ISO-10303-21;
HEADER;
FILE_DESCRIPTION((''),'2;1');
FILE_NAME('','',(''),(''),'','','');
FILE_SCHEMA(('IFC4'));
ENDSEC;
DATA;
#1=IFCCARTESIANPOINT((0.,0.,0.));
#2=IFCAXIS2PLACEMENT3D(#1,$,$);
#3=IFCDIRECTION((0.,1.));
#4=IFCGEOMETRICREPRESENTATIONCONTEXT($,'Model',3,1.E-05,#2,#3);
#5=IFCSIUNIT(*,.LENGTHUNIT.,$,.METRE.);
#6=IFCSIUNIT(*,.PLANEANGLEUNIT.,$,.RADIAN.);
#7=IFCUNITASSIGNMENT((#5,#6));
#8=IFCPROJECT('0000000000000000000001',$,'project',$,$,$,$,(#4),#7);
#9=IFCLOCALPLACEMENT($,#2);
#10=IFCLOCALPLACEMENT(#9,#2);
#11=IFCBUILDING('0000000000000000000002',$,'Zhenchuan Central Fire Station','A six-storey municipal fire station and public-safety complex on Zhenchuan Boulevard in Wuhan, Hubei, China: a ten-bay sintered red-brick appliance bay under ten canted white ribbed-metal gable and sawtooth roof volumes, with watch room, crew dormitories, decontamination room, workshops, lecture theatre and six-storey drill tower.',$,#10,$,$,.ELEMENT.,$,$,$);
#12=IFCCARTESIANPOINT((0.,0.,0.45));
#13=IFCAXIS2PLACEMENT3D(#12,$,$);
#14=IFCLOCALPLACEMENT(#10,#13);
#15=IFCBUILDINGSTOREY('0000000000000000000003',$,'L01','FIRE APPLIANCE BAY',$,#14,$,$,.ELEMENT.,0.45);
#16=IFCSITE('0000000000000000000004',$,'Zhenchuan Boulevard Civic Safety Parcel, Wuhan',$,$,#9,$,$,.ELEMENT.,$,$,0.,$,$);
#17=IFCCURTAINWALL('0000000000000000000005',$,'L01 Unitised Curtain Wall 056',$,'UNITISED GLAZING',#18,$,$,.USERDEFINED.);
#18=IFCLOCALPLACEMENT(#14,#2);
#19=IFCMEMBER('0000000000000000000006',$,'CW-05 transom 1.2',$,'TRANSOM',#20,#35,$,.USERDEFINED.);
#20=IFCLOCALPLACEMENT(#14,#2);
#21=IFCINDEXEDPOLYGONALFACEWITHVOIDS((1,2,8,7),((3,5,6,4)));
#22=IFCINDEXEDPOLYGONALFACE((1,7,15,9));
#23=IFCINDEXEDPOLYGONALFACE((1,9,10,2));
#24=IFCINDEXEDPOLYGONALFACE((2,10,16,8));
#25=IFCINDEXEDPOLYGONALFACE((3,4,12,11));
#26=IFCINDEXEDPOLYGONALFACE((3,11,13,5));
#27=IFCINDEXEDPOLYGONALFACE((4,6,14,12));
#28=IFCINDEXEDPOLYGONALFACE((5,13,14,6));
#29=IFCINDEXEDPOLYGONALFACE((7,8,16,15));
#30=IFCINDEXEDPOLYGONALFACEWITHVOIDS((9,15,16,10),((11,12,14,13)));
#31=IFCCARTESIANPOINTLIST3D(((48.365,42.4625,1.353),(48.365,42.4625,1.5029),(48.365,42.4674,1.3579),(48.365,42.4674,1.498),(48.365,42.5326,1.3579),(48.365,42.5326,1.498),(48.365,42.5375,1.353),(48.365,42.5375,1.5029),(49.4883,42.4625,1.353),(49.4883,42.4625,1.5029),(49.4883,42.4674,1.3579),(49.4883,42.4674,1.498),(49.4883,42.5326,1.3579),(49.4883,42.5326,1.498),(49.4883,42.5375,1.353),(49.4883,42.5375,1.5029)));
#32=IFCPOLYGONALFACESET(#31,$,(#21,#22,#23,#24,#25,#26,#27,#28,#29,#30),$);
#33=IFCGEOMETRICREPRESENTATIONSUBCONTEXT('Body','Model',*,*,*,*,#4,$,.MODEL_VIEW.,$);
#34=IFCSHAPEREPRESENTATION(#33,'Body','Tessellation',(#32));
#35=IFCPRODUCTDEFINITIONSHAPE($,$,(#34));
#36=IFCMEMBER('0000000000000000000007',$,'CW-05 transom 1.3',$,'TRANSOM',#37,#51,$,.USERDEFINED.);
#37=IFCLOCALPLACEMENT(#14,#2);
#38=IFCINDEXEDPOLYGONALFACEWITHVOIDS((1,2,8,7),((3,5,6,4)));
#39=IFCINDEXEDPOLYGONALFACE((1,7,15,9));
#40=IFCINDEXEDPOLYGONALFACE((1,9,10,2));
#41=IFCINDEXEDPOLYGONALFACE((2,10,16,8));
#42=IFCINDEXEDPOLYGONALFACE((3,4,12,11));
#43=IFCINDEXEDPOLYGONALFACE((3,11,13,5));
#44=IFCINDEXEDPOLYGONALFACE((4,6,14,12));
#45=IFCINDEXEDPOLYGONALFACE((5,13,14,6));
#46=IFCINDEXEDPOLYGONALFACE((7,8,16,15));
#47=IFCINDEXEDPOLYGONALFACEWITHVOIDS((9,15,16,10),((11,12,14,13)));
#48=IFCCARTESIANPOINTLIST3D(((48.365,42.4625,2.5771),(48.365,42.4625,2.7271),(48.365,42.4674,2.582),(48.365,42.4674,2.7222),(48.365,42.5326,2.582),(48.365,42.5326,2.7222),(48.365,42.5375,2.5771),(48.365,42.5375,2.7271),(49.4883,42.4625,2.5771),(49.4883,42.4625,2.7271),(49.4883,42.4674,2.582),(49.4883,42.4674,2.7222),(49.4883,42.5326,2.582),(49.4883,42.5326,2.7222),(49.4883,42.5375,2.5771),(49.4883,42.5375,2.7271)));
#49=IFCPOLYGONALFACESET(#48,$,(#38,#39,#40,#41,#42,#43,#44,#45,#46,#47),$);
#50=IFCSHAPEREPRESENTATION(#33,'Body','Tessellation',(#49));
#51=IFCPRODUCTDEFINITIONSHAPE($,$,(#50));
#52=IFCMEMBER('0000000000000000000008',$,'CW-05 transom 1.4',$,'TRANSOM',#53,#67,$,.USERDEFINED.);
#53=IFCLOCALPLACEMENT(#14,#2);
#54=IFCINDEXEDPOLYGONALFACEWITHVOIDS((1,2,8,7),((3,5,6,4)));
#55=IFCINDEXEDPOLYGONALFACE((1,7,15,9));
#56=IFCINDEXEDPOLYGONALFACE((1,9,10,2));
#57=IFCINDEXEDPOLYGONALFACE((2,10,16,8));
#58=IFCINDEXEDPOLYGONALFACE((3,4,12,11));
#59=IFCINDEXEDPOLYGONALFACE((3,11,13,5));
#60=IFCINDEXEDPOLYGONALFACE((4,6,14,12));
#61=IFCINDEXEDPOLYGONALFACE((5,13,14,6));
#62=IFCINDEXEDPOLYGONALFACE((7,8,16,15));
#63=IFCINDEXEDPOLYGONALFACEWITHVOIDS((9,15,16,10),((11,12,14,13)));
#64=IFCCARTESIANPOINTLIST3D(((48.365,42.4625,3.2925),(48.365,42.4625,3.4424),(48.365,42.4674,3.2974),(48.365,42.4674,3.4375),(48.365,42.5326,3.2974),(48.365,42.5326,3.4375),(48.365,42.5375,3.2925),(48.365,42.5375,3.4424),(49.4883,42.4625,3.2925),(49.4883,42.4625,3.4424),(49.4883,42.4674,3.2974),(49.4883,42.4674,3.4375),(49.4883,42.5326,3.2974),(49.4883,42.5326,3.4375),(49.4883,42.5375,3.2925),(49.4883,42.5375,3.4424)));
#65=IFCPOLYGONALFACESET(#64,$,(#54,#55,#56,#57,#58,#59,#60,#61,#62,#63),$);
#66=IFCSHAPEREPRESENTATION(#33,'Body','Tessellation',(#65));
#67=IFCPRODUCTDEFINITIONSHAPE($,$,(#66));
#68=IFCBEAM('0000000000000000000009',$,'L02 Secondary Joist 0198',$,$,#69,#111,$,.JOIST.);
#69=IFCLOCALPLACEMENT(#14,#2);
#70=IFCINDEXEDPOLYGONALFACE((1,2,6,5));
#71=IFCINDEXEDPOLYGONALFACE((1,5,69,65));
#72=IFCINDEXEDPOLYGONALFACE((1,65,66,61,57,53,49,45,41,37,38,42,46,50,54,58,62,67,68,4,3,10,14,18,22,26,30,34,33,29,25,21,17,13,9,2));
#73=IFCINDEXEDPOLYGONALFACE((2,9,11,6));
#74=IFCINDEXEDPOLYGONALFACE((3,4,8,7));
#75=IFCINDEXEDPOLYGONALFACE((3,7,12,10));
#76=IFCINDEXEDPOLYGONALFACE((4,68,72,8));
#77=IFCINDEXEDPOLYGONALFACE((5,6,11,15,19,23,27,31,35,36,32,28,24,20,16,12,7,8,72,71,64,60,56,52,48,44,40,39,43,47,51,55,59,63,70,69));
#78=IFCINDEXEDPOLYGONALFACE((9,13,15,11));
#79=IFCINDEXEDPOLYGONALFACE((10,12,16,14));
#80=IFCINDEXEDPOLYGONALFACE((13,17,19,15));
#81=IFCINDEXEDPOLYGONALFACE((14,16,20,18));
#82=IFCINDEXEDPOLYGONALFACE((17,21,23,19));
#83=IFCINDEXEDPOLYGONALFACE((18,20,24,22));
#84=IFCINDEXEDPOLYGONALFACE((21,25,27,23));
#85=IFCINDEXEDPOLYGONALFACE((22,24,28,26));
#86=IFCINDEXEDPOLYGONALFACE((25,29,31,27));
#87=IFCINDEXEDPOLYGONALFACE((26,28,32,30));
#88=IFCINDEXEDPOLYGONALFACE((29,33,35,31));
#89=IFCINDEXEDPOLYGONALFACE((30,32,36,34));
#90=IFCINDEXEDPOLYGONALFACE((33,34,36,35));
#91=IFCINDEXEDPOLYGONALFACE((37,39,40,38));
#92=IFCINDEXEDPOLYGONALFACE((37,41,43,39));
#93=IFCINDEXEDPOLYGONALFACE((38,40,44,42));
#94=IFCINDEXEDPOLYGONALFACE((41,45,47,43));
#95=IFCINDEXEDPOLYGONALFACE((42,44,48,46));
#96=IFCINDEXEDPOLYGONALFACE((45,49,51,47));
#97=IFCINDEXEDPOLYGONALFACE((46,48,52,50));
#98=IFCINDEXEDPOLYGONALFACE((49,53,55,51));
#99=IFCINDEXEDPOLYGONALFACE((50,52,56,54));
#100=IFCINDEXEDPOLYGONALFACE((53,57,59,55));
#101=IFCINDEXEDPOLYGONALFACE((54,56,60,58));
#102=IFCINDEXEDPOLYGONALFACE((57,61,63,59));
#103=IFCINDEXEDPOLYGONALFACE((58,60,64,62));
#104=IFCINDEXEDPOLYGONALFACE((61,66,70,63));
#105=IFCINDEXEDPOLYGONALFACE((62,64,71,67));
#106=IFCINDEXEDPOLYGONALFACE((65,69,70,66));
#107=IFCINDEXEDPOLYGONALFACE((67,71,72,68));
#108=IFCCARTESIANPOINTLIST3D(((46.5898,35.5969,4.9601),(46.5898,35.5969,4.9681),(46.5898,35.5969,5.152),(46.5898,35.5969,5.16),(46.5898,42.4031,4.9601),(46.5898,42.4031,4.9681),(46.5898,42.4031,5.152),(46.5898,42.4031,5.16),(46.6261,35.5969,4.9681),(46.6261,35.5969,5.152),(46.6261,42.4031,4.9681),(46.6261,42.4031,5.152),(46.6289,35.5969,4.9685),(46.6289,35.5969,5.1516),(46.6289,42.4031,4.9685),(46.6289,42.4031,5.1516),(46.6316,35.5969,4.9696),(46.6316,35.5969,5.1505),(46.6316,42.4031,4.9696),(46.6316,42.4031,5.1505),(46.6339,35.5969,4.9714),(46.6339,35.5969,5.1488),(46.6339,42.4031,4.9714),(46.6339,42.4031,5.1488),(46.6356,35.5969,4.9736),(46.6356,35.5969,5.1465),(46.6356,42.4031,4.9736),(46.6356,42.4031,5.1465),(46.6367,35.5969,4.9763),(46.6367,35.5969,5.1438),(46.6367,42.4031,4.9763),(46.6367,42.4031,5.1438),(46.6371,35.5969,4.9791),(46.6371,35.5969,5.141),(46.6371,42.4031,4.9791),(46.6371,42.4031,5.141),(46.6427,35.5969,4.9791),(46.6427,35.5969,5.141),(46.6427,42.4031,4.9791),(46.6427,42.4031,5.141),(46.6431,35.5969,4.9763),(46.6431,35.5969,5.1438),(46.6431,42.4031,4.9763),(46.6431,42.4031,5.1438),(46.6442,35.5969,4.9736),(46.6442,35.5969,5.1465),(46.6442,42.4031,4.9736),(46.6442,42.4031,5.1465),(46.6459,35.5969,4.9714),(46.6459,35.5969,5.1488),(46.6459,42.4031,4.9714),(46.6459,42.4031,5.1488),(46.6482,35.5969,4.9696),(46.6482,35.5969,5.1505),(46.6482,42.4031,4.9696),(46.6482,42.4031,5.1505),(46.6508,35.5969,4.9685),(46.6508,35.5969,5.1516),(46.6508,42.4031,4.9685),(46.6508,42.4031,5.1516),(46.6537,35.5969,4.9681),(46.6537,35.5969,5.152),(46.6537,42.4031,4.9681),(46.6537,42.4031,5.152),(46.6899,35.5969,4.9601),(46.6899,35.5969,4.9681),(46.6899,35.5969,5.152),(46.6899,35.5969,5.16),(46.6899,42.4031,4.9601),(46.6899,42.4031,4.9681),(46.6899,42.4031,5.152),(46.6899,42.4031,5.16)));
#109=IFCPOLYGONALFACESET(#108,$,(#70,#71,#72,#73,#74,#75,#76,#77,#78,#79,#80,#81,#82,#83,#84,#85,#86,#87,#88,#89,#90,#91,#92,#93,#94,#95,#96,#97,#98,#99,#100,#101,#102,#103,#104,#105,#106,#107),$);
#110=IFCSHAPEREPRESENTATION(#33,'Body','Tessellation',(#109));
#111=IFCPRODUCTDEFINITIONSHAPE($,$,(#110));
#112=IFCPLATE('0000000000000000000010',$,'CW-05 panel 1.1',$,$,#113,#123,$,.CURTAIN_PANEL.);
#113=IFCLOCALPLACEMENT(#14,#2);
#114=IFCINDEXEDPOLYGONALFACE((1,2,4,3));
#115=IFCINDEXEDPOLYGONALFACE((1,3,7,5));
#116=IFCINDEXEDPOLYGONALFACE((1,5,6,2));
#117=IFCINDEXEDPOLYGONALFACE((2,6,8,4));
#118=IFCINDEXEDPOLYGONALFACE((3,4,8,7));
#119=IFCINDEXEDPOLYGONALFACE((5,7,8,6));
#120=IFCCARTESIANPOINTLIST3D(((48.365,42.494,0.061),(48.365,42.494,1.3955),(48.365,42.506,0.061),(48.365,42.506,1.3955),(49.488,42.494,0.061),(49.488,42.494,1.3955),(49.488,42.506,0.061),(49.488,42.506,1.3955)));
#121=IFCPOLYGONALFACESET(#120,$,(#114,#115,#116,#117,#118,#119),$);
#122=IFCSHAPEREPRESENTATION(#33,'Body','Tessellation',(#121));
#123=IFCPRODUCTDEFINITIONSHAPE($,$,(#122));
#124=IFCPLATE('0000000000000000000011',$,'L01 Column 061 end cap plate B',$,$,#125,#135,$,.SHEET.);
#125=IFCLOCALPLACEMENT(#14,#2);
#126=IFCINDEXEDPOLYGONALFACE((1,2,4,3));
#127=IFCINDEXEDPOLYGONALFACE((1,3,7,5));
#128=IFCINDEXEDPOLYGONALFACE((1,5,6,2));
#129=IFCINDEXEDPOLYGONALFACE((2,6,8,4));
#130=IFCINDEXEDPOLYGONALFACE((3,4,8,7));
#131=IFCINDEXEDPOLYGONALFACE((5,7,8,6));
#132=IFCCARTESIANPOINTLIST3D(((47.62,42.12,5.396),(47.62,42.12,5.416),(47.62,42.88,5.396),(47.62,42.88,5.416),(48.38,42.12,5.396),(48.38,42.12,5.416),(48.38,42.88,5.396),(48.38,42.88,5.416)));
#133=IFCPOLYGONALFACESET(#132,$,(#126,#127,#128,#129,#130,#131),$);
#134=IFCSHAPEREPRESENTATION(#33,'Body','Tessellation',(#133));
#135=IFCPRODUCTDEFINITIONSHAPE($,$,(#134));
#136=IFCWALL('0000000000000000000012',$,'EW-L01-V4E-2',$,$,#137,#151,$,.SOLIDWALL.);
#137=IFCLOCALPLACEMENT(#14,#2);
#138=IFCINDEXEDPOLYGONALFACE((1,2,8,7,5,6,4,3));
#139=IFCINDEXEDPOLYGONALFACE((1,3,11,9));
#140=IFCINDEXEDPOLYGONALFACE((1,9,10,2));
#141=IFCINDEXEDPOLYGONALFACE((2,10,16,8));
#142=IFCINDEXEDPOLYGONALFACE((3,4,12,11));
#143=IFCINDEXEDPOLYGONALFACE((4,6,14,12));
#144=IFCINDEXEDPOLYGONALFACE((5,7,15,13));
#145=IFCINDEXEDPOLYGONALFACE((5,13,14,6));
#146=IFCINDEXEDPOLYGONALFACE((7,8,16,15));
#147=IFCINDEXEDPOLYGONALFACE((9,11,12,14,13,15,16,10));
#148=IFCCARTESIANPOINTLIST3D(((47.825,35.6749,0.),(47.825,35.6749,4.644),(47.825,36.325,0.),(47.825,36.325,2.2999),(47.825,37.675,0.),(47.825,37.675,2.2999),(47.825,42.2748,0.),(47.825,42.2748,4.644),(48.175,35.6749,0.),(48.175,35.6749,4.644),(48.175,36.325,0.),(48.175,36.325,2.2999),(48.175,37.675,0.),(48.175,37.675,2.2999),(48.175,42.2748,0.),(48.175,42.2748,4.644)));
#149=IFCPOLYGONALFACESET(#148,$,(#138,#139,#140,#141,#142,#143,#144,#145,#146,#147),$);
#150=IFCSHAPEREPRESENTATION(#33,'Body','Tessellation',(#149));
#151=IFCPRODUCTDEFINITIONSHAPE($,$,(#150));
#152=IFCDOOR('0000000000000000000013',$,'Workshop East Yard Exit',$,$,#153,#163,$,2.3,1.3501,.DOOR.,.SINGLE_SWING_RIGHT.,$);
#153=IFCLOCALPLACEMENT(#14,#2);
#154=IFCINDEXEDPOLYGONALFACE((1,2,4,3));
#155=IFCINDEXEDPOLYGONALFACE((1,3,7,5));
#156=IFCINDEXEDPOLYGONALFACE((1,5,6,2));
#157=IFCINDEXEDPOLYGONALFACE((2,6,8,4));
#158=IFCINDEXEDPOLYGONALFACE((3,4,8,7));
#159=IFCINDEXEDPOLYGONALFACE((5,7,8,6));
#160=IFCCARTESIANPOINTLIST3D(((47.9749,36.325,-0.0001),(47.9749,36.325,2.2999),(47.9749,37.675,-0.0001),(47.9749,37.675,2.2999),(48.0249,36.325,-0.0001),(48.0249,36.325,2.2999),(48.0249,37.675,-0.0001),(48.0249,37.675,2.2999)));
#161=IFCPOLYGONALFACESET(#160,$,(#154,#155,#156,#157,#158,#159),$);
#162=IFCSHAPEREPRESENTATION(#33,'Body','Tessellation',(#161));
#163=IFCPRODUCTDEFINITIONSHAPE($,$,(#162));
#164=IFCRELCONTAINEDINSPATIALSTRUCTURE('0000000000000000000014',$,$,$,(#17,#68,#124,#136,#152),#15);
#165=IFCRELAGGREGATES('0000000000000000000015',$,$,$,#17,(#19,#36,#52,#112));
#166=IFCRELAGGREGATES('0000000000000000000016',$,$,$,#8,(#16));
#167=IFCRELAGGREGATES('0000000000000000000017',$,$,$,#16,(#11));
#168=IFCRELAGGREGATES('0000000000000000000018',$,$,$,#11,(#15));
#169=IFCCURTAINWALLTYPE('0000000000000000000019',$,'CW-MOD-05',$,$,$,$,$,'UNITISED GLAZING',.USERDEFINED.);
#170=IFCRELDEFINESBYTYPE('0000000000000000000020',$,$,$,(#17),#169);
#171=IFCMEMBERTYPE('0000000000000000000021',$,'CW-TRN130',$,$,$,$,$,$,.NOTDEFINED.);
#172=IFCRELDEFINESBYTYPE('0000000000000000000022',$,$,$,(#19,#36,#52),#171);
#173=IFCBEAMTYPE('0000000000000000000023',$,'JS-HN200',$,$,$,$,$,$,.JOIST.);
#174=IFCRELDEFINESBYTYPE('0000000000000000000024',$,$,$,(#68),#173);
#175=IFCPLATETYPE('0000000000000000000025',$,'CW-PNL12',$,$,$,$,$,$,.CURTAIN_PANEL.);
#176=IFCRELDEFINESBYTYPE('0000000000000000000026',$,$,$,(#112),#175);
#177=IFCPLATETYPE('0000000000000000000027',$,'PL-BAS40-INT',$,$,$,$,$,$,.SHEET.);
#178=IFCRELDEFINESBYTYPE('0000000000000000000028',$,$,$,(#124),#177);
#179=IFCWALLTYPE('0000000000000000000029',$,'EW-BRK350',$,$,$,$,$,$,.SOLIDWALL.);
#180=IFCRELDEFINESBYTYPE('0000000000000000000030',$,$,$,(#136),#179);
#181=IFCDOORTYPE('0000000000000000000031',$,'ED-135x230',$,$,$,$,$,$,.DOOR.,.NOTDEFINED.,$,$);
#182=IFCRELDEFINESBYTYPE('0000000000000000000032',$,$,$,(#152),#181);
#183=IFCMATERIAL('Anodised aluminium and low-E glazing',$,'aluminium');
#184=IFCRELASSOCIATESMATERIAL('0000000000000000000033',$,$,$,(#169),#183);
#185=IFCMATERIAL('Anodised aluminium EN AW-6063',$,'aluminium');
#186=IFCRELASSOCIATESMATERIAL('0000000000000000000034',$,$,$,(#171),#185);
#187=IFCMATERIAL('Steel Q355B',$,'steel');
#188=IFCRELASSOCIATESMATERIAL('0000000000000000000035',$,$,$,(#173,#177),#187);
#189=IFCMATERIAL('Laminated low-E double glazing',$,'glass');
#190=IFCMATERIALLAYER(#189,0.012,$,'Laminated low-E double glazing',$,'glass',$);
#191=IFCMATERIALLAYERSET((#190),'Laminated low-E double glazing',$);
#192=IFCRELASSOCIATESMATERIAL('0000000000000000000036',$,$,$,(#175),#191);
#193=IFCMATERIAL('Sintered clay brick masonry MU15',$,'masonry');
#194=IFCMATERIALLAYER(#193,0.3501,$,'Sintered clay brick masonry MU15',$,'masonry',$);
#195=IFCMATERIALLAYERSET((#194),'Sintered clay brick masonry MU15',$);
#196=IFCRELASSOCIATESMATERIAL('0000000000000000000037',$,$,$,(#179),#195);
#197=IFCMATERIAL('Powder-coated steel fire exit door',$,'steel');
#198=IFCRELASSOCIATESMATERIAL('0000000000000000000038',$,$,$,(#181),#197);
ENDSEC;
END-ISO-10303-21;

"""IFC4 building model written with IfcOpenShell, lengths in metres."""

from ifc_helpers import new_model, si_unit, direction, frame, frame_2d, origin, origin_2d, place, context, subcontext, project, spatial, rectangle, hollow_rectangle, i_section, extrude, material, layer, layer_set, material_profile, profile_set, type_object, element, fill, aggregate, save


model = new_model("IFC4")

# Units and contexts
model_context = context("Model", 3, precision=1e-05, world=origin(), true_north=direction((0.0, 1.0)))
body_context = subcontext(model_context, "Body", "Model", "MODEL_VIEW")
ifc_project = project(units=[si_unit("LENGTHUNIT", "METRE"), si_unit("PLANEANGLEUNIT", "RADIAN")], contexts=[model_context])

# Site, building, storey
site_placement = place(None, origin())
site = spatial("IfcSite", under=ifc_project, at=site_placement, Name="Zhenchuan Boulevard Civic Safety Parcel, Wuhan", CompositionType="ELEMENT", RefElevation=0.0)
building_placement = place(site_placement, origin())
building = spatial("IfcBuilding", under=site, at=building_placement, Name="Zhenchuan Central Fire Station", Description="A six-storey municipal fire station and public-safety complex on Zhenchuan Boulevard in Wuhan, Hubei, China: a ten-bay sintered red-brick appliance bay under ten canted white ribbed-metal gable and sawtooth roof volumes, with watch room, crew dormitories, decontamination room, workshops, lecture theatre and six-storey drill tower.", CompositionType="ELEMENT")
storey_placement = place(building_placement, frame((0.0, 0.0, 0.45)))
storey = spatial("IfcBuildingStorey", under=building, at=storey_placement, Name="L01", Description="FIRE APPLIANCE BAY", CompositionType="ELEMENT", Elevation=0.45)

# Shared definitions
ifc_material_1 = material(Name="Steel Q355B", Category="steel")

# Curtain wall, members
ifc_material_2 = material(Name="Anodised aluminium and low-E glazing", Category="aluminium")
curtain_wall_type = type_object("IfcCurtainWallType", Name="CW-MOD-05", ElementType="UNITISED GLAZING", PredefinedType="USERDEFINED", material=ifc_material_2)
curtain_wall_placement = place(storey_placement, origin())
curtain_wall = element("IfcCurtainWall", 1, at=curtain_wall_placement, inside=storey, type_object=curtain_wall_type, Name="L01 Unitised Curtain Wall 056", ObjectType="UNITISED GLAZING", PredefinedType="USERDEFINED")
ifc_material_3 = material(Name="Anodised aluminium EN AW-6063", Category="aluminium")
ifc_material_profile_1 = material_profile(ifc_material_3, hollow_rectangle(XDim=0.075, YDim=0.1499, WallThickness=0.0049, at=origin_2d()), Name="ALU-T 150x75")
ifc_profile_set_1 = profile_set([ifc_material_profile_1], Name="Anodised aluminium EN AW-6063")
member_type_1 = type_object("IfcMemberType", Name="CW-TRN130", PredefinedType="NOTDEFINED", material=ifc_profile_set_1)
member_1_placement = place(storey_placement, frame((48.365, 42.5, 1.428), z_axis=(1.0, 0.0, 0.0), x_axis=(0.0, 1.0, 0.0)))
member_1 = element("IfcMember", 2, at=member_1_placement, type_object=member_type_1, Name="CW-05 transom 1.2", ObjectType="TRANSOM", PredefinedType="USERDEFINED", context=body_context, shape_type="SweptSolid", body=[
    extrude(hollow_rectangle(XDim=0.075, YDim=0.1499, WallThickness=0.0049, at=origin_2d()), origin(), (0.0, 0.0, 1.0), 1.1233),
])
member_2_placement = place(storey_placement, frame((48.365, 42.5, 2.6521), z_axis=(1.0, 0.0, 0.0), x_axis=(0.0, 1.0, 0.0)))
member_2 = element("IfcMember", 3, at=member_2_placement, type_object=member_type_1, Name="CW-05 transom 1.3", ObjectType="TRANSOM", PredefinedType="USERDEFINED", context=body_context, shape_type="SweptSolid", body=[
    extrude(hollow_rectangle(XDim=0.075, YDim=0.1499, WallThickness=0.0049, at=origin_2d()), origin(), (0.0, 0.0, 1.0), 1.1233),
])
member_3_placement = place(storey_placement, frame((48.365, 42.5, 3.3674), z_axis=(1.0, 0.0, 0.0), x_axis=(0.0, 1.0, 0.0)))
member_3 = element("IfcMember", 4, at=member_3_placement, type_object=member_type_1, Name="CW-05 transom 1.4", ObjectType="TRANSOM", PredefinedType="USERDEFINED", context=body_context, shape_type="SweptSolid", body=[
    extrude(hollow_rectangle(XDim=0.075, YDim=0.1499, WallThickness=0.0049, at=origin_2d()), origin(), (0.0, 0.0, 1.0), 1.1233),
])

# Beam
ifc_material_profile_2 = material_profile(ifc_material_1, i_section(OverallWidth=0.1001, OverallDepth=0.2, WebThickness=0.0056, FlangeThickness=0.0081, FilletRadius=0.011, at=origin_2d()), Name="HN 200x100")
ifc_profile_set_2 = profile_set([ifc_material_profile_2], Name="Steel Q355B")
beam_type_1 = type_object("IfcBeamType", Name="JS-HN200", PredefinedType="JOIST", material=ifc_profile_set_2)
beam_1_placement = place(storey_placement, frame((46.6399, 35.5969, 5.0601), z_axis=(0.0, 1.0, 0.0), x_axis=(-1.0, 0.0, 0.0)))
element("IfcBeam", 5, at=beam_1_placement, inside=storey, type_object=beam_type_1, Name="L02 Secondary Joist 0198", PredefinedType="JOIST", context=body_context, shape_type="SweptSolid", body=[
    extrude(i_section(OverallWidth=0.1001, OverallDepth=0.2, WebThickness=0.0056, FlangeThickness=0.0081, FilletRadius=0.011, at=origin_2d()), origin(), (0.0, 0.0, 1.0), 6.8062),
])

# Plates
ifc_material_4 = material(Name="Laminated low-E double glazing", Category="glass")
ifc_layer_1 = layer(ifc_material_4, 0.012, Name="Laminated low-E double glazing", Category="glass")
ifc_layer_set_1 = layer_set([ifc_layer_1], Name="Laminated low-E double glazing")
plate_type_1 = type_object("IfcPlateType", Name="CW-PNL12", PredefinedType="CURTAIN_PANEL", material=ifc_layer_set_1)
plate_1_placement = place(storey_placement, frame((48.9265, 42.5, 0.061), z_axis=(0.0, 0.0, 1.0), x_axis=(1.0, 0.0, 0.0)))
plate_1 = element("IfcPlate", 6, at=plate_1_placement, type_object=plate_type_1, Name="CW-05 panel 1.1", PredefinedType="CURTAIN_PANEL", context=body_context, shape_type="SweptSolid", body=[
    extrude(rectangle(XDim=1.123, YDim=0.012, at=origin_2d()), origin(), (0.0, 0.0, 1.0), 1.3345),
])
aggregate(curtain_wall, [member_1, member_2, member_3, plate_1])
ifc_material_profile_3 = material_profile(ifc_material_1, rectangle(XDim=0.76, YDim=0.76, at=origin_2d()), Name="PL 760x760x40")
ifc_profile_set_3 = profile_set([ifc_material_profile_3], Name="Steel Q355B")
plate_type_2 = type_object("IfcPlateType", Name="PL-BAS40-INT", PredefinedType="SHEET", material=ifc_profile_set_3)
plate_2_placement = place(storey_placement, frame((48.0, 42.5, 5.396), z_axis=(0.0, 0.0, 1.0), x_axis=(1.0, 0.0, 0.0)))
element("IfcPlate", 7, at=plate_2_placement, inside=storey, type_object=plate_type_2, Name="L01 Column 061 end cap plate B", PredefinedType="SHEET", context=body_context, shape_type="SweptSolid", body=[
    extrude(rectangle(XDim=0.76, YDim=0.76, at=origin_2d()), origin(), (0.0, 0.0, 1.0), 0.02),
])

# Wall, opening, door
ifc_material_5 = material(Name="Sintered clay brick masonry MU15", Category="masonry")
ifc_layer_2 = layer(ifc_material_5, 0.3501, Name="Sintered clay brick masonry MU15", Category="masonry")
ifc_layer_set_2 = layer_set([ifc_layer_2], Name="Sintered clay brick masonry MU15")
wall_type = type_object("IfcWallType", Name="EW-BRK350", PredefinedType="SOLIDWALL", material=ifc_layer_set_2)
wall_placement = place(storey_placement, frame((48.0, 35.675, 0.0), z_axis=(0.0, 0.0, 1.0), x_axis=(0.0, 1.0, 0.0)))
wall = element("IfcWall", 8, at=wall_placement, inside=storey, type_object=wall_type, Name="EW-L01-V4E-2", PredefinedType="SOLIDWALL", context=body_context, shape_type="SweptSolid", body=[
    extrude(rectangle(XDim=6.5999, YDim=0.3501, at=frame_2d((3.2998, 0.0))), origin(), (0.0, 0.0, 1.0), 4.644),
])
opening_placement = place(wall_placement, frame((0.6499, 0.0, 0.0)))
opening = element("IfcOpeningElement", 9, at=opening_placement, cuts=wall, PredefinedType="OPENING", context=body_context, shape_type="SweptSolid", body=[
    extrude(rectangle(XDim=1.3501, YDim=2.3, at=frame_2d((0.675, 1.1499))), frame((0.0, 0.1851, 0.0), z_axis=(0.0, -1.0, 0.0), x_axis=(1.0, 0.0, 0.0)), (0.0, 0.0, 1.0), 0.3701),
])
ifc_material_6 = material(Name="Powder-coated steel fire exit door", Category="steel")
door_type = type_object("IfcDoorType", Name="ED-135x230", OperationType="NOTDEFINED", PredefinedType="DOOR", material=ifc_material_6)
door_placement = place(opening_placement, frame((1.3501, 0.0, 0.0), z_axis=(0.0, 0.0, 1.0), x_axis=(-1.0, 0.0, 0.0)))
door = element("IfcDoor", 10, at=door_placement, inside=storey, type_object=door_type, Name="Workshop East Yard Exit", OperationType="SINGLE_SWING_RIGHT", OverallHeight=2.3, OverallWidth=1.3501, PredefinedType="DOOR", context=body_context, shape_type="SweptSolid", body=[
    extrude(rectangle(XDim=1.3501, YDim=2.3, at=frame_2d((0.675, 1.1499))), frame((0.0, 0.0249, 0.0), z_axis=(0.0, -1.0, 0.0), x_axis=(1.0, 0.0, 0.0)), (0.0, 0.0, 1.0), 0.05),
])
fill(opening, door)

save(model, "model.ifc")
